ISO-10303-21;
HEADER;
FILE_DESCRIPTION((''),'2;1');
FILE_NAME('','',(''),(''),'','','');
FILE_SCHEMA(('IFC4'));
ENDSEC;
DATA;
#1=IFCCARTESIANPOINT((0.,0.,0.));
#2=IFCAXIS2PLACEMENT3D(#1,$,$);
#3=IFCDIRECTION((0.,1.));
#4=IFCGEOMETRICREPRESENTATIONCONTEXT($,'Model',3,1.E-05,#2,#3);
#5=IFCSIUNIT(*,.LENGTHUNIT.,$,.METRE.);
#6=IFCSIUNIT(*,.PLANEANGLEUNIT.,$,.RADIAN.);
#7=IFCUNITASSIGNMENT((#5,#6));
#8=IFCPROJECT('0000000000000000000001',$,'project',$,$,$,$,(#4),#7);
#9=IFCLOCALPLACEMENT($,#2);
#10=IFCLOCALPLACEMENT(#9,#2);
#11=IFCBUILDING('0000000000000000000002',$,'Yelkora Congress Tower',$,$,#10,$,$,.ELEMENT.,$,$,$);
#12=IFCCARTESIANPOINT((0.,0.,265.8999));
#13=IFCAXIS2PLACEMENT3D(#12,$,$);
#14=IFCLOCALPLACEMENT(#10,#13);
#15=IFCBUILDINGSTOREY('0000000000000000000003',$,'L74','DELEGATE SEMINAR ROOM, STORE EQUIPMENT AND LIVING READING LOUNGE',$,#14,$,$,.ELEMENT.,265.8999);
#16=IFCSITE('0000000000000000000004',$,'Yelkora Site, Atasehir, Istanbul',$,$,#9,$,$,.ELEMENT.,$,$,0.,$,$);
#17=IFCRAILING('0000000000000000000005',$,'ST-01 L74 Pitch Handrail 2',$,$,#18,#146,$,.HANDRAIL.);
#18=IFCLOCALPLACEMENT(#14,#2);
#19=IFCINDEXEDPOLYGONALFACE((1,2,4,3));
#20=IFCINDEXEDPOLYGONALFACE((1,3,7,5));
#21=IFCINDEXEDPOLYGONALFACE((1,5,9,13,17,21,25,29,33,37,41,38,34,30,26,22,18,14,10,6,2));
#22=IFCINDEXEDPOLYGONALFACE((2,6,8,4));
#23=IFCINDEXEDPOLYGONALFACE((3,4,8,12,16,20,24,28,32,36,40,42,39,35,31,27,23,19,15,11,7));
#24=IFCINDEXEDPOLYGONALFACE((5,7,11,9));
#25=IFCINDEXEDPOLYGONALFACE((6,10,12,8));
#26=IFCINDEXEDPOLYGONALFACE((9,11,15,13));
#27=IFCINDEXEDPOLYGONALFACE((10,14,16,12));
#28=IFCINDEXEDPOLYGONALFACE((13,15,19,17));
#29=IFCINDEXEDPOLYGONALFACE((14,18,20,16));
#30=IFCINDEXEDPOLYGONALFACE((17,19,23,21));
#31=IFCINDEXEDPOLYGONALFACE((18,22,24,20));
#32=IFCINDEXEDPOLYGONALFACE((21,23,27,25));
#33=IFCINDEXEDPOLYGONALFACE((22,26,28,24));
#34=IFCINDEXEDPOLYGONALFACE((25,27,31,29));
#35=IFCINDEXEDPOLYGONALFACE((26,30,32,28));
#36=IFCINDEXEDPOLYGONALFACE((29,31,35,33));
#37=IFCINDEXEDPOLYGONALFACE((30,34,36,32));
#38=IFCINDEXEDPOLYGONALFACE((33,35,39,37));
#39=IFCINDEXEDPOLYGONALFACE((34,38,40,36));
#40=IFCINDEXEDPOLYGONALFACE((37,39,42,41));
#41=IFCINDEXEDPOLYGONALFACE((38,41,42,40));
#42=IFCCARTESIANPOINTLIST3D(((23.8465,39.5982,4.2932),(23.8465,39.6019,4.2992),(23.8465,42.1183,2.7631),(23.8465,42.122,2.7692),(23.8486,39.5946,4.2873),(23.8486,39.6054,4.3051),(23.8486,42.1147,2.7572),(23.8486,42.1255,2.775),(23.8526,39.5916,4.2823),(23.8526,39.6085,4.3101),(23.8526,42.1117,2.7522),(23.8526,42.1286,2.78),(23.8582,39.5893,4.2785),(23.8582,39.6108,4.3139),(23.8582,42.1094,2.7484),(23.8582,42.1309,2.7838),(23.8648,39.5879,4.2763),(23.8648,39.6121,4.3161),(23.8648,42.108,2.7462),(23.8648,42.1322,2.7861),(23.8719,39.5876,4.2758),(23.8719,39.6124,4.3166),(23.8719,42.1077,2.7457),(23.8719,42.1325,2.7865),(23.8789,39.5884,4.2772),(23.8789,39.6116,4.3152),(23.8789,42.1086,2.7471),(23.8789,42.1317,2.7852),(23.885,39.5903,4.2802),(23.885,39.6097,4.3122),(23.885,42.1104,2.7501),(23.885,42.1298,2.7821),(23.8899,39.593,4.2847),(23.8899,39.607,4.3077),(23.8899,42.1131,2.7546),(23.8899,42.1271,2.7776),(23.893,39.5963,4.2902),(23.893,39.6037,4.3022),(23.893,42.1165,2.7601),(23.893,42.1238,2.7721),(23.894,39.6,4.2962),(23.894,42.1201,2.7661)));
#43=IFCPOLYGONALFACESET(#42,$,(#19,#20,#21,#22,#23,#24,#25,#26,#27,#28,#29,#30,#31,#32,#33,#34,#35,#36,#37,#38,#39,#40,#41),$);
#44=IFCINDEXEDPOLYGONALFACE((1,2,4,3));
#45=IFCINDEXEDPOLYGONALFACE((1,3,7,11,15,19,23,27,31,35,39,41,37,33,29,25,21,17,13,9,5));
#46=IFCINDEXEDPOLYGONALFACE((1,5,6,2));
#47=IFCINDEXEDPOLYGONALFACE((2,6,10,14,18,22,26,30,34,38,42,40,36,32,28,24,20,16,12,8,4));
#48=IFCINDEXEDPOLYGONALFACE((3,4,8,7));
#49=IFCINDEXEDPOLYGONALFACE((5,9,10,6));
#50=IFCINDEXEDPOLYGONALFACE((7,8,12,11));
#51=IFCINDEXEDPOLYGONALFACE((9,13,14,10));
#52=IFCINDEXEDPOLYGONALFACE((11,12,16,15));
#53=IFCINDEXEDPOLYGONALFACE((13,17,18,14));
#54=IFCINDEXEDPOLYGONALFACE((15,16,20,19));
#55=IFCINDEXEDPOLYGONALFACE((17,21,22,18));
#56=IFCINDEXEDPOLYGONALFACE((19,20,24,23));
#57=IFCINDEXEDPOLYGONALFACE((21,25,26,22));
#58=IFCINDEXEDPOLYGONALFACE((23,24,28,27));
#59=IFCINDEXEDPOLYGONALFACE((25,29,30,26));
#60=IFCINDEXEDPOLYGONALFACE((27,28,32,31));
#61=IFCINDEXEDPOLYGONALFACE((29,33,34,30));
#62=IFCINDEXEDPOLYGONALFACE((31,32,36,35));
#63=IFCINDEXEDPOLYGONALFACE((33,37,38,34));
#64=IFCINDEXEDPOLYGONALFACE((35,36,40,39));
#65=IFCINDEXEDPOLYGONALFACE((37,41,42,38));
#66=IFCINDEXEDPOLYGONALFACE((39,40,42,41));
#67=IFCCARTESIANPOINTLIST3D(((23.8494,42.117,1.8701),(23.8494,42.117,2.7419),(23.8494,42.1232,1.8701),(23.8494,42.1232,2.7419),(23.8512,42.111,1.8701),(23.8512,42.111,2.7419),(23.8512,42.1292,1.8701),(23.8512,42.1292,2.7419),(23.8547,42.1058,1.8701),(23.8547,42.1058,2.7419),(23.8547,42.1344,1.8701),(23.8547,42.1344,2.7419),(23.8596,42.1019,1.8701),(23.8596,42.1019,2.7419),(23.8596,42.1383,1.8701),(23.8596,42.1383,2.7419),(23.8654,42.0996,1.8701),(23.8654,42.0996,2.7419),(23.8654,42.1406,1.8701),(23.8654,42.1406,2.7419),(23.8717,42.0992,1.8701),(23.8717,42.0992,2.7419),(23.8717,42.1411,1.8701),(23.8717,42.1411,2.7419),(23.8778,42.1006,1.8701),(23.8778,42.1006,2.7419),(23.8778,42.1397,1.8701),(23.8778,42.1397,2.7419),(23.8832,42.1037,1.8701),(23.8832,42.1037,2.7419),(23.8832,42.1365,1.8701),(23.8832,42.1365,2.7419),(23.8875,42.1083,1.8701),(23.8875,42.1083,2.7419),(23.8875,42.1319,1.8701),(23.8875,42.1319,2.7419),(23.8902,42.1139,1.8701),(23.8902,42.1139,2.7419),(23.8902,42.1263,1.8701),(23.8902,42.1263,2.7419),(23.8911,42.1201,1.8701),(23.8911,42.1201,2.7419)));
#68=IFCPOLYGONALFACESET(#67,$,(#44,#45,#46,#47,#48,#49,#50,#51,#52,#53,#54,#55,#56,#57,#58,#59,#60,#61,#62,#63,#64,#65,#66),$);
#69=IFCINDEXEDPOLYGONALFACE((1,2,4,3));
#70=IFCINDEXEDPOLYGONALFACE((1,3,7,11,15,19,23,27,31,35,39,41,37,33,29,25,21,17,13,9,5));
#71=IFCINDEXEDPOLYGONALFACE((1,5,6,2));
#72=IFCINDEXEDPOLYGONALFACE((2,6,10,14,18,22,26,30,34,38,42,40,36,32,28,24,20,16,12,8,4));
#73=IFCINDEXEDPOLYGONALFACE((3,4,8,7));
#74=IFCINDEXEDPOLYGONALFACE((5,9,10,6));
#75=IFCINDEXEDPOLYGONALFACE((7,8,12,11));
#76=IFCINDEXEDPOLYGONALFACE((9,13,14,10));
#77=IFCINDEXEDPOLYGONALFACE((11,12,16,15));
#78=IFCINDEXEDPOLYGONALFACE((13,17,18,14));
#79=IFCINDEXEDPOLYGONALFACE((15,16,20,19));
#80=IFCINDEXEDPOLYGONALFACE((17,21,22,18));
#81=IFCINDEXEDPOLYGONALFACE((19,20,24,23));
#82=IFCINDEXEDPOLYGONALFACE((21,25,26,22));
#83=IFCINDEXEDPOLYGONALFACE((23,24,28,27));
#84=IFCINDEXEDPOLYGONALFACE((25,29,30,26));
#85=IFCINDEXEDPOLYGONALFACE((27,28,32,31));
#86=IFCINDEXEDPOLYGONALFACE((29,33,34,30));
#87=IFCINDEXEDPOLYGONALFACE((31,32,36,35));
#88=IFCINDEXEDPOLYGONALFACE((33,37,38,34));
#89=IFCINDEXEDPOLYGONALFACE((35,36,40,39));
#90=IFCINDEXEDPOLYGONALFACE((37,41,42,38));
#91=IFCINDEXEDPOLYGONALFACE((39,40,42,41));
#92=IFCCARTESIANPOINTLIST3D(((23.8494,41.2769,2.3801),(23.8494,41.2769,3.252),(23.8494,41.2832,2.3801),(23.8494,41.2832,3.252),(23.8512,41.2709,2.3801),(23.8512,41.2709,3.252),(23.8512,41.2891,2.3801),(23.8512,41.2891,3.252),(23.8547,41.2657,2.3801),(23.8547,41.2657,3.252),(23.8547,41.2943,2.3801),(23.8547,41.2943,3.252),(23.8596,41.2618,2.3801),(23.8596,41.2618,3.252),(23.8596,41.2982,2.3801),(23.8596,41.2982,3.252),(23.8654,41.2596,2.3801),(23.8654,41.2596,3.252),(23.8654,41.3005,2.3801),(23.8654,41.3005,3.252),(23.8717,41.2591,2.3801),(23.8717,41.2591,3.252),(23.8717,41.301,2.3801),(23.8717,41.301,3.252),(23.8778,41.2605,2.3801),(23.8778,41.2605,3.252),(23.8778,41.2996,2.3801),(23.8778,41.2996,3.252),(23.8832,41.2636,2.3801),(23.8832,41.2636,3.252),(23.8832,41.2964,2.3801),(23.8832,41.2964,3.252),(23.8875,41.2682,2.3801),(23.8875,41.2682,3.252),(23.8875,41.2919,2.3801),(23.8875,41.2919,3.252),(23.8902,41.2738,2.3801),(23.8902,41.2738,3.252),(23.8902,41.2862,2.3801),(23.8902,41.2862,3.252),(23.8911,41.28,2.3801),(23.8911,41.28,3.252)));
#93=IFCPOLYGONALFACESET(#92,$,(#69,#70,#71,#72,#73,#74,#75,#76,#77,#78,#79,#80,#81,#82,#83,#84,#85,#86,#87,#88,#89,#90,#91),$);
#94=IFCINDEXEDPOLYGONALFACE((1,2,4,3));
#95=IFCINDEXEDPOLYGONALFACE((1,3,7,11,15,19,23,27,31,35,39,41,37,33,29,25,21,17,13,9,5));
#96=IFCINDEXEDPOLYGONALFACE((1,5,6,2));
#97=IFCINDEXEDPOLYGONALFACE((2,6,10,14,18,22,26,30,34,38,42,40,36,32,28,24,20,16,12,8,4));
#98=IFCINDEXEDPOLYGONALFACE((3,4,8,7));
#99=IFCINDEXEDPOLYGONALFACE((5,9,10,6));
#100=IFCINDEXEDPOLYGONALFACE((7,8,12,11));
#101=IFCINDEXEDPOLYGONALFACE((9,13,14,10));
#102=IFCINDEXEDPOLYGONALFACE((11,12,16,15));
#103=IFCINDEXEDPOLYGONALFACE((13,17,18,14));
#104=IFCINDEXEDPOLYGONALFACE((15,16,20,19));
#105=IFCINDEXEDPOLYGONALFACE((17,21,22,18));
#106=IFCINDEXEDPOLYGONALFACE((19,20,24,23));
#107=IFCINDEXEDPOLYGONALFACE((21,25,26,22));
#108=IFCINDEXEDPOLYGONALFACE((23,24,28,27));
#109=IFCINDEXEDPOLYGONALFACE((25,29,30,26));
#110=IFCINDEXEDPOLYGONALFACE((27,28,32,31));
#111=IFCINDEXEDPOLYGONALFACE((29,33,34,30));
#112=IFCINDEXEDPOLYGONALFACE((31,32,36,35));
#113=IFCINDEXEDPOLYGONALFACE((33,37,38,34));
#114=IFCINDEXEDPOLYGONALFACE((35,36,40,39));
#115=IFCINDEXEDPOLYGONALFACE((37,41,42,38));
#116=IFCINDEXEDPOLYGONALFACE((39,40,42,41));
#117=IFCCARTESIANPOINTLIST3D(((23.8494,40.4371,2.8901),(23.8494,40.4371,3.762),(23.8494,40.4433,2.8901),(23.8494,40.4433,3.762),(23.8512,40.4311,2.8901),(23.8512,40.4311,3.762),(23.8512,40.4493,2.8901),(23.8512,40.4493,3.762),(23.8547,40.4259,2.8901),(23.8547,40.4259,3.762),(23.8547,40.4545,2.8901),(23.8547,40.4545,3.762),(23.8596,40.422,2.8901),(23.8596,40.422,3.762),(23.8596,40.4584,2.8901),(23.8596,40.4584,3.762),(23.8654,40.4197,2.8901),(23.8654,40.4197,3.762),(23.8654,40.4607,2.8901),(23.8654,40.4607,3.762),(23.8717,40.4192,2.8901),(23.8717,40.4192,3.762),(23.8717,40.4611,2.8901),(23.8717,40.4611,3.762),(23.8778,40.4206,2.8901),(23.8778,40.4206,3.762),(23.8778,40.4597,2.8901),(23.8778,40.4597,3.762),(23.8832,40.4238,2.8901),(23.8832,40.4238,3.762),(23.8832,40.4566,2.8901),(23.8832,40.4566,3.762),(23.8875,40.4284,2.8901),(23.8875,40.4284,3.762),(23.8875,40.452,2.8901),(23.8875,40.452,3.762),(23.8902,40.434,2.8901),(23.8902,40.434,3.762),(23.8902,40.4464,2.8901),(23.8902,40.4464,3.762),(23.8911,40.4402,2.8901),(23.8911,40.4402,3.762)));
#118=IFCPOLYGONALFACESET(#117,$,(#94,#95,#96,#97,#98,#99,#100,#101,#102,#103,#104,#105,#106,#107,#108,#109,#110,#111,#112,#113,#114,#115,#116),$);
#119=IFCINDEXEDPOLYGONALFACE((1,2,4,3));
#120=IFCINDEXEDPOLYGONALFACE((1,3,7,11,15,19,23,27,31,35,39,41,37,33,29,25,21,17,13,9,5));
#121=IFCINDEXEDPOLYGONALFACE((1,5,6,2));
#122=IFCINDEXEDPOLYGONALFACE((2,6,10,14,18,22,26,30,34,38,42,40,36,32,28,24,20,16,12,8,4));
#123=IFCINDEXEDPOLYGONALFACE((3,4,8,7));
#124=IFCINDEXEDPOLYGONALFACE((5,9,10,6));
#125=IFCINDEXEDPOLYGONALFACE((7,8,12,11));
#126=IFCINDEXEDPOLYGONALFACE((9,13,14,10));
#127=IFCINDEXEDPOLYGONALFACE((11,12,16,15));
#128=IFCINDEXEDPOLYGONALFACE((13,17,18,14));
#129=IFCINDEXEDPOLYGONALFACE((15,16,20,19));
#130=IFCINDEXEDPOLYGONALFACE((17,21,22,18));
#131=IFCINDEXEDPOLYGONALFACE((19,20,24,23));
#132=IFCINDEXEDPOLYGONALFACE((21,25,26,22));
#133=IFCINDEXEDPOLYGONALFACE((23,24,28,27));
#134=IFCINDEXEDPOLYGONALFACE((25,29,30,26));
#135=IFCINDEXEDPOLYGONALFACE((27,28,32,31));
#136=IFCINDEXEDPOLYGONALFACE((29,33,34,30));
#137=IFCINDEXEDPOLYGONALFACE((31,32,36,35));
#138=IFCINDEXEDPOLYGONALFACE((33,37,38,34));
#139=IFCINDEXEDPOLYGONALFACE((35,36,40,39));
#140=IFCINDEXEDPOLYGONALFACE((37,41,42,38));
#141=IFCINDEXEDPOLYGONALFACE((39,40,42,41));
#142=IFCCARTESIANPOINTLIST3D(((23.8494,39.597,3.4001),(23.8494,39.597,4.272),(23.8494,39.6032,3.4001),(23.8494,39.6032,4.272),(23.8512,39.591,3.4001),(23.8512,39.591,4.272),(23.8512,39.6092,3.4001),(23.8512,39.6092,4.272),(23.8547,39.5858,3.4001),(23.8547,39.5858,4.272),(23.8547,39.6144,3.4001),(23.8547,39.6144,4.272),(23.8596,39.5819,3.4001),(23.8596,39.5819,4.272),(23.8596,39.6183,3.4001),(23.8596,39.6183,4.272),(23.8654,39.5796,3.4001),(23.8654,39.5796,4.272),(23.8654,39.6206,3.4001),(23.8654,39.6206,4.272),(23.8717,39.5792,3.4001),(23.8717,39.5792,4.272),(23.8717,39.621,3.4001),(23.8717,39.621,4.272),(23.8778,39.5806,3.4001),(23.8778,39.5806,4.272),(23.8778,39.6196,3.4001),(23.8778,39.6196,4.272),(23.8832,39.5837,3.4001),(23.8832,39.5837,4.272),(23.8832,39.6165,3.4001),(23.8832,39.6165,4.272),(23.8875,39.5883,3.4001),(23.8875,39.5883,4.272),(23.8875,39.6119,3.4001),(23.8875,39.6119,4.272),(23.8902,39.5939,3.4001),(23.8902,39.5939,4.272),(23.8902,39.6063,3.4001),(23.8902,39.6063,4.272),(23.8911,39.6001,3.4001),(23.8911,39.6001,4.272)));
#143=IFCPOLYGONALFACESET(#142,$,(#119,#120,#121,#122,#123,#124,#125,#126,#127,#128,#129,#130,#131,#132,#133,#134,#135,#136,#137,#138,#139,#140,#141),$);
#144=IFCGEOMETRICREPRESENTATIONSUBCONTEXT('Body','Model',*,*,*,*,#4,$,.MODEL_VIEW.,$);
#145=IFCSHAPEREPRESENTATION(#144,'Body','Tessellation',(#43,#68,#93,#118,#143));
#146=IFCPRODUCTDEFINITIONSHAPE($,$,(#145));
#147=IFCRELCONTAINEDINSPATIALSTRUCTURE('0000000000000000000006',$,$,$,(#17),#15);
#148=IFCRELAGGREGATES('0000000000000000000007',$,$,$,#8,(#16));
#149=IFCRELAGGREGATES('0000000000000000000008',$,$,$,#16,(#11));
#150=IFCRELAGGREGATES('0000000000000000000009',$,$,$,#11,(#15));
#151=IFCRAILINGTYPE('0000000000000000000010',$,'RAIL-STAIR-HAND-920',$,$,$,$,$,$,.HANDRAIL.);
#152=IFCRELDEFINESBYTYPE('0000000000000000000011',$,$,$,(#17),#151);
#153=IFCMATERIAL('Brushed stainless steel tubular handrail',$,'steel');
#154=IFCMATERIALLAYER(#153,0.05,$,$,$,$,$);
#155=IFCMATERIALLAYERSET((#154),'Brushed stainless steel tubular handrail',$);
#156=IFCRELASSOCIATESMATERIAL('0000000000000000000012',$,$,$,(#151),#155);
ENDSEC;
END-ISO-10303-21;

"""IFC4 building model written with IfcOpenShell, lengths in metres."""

from ifc_helpers import new_model, si_unit, direction, frame, origin, origin_2d, place, context, subcontext, project, spatial, circle, extrude, material, layer, layer_set, type_object, element, save


model = new_model("IFC4")

# Units and contexts
model_context = context("Model", 3, precision=1e-05, world=origin(), true_north=direction((0.0, 1.0)))
body_context = subcontext(model_context, "Body", "Model", "MODEL_VIEW")
ifc_project = project(units=[si_unit("LENGTHUNIT", "METRE"), si_unit("PLANEANGLEUNIT", "RADIAN")], contexts=[model_context])

# Site, building, storey
site_placement = place(None, origin())
site = spatial("IfcSite", under=ifc_project, at=site_placement, Name="Yelkora Site, Atasehir, Istanbul", CompositionType="ELEMENT", RefElevation=0.0)
building_placement = place(site_placement, origin())
building = spatial("IfcBuilding", under=site, at=building_placement, Name="Yelkora Congress Tower", CompositionType="ELEMENT")
storey_placement = place(building_placement, frame((0.0, 0.0, 265.8999)))
storey = spatial("IfcBuildingStorey", under=building, at=storey_placement, Name="L74", Description="DELEGATE SEMINAR ROOM, STORE EQUIPMENT AND LIVING READING LOUNGE", CompositionType="ELEMENT", Elevation=265.8999)

# Railing
ifc_material_1 = material(Name="Brushed stainless steel tubular handrail", Category="steel")
ifc_layer_1 = layer(ifc_material_1, 0.05)
ifc_layer_set_1 = layer_set([ifc_layer_1], Name="Brushed stainless steel tubular handrail")
railing_type_1 = type_object("IfcRailingType", Name="RAIL-STAIR-HAND-920", PredefinedType="HANDRAIL", material=ifc_layer_set_1)
railing_1_placement = place(storey_placement, frame((23.8701, 42.1201, 1.8701)))
element("IfcRailing", 1, at=railing_1_placement, inside=storey, type_object=railing_type_1, Name="ST-01 L74 Pitch Handrail 2", PredefinedType="HANDRAIL", context=body_context, shape_type="SweptSolid", body=[
    extrude(circle(Radius=0.0239, at=origin_2d()), frame((0.0, 0.0, 0.896), z_axis=(0.0, -0.854785, 0.518982), x_axis=(1.0, 0.0, 0.0)), (0.0, 0.0, 1.0), 2.9482),
    extrude(circle(Radius=0.021, at=origin_2d()), origin(), (0.0, 0.0, 1.0), 0.8718),
    extrude(circle(Radius=0.021, at=origin_2d()), frame((0.0, -0.8401, 0.51)), (0.0, 0.0, 1.0), 0.8718),
    extrude(circle(Radius=0.021, at=origin_2d()), frame((0.0, -1.6799, 1.02)), (0.0, 0.0, 1.0), 0.8718),
    extrude(circle(Radius=0.021, at=origin_2d()), frame((0.0, -2.52, 1.53)), (0.0, 0.0, 1.0), 0.8718),
])

save(model, "model.ifc")
